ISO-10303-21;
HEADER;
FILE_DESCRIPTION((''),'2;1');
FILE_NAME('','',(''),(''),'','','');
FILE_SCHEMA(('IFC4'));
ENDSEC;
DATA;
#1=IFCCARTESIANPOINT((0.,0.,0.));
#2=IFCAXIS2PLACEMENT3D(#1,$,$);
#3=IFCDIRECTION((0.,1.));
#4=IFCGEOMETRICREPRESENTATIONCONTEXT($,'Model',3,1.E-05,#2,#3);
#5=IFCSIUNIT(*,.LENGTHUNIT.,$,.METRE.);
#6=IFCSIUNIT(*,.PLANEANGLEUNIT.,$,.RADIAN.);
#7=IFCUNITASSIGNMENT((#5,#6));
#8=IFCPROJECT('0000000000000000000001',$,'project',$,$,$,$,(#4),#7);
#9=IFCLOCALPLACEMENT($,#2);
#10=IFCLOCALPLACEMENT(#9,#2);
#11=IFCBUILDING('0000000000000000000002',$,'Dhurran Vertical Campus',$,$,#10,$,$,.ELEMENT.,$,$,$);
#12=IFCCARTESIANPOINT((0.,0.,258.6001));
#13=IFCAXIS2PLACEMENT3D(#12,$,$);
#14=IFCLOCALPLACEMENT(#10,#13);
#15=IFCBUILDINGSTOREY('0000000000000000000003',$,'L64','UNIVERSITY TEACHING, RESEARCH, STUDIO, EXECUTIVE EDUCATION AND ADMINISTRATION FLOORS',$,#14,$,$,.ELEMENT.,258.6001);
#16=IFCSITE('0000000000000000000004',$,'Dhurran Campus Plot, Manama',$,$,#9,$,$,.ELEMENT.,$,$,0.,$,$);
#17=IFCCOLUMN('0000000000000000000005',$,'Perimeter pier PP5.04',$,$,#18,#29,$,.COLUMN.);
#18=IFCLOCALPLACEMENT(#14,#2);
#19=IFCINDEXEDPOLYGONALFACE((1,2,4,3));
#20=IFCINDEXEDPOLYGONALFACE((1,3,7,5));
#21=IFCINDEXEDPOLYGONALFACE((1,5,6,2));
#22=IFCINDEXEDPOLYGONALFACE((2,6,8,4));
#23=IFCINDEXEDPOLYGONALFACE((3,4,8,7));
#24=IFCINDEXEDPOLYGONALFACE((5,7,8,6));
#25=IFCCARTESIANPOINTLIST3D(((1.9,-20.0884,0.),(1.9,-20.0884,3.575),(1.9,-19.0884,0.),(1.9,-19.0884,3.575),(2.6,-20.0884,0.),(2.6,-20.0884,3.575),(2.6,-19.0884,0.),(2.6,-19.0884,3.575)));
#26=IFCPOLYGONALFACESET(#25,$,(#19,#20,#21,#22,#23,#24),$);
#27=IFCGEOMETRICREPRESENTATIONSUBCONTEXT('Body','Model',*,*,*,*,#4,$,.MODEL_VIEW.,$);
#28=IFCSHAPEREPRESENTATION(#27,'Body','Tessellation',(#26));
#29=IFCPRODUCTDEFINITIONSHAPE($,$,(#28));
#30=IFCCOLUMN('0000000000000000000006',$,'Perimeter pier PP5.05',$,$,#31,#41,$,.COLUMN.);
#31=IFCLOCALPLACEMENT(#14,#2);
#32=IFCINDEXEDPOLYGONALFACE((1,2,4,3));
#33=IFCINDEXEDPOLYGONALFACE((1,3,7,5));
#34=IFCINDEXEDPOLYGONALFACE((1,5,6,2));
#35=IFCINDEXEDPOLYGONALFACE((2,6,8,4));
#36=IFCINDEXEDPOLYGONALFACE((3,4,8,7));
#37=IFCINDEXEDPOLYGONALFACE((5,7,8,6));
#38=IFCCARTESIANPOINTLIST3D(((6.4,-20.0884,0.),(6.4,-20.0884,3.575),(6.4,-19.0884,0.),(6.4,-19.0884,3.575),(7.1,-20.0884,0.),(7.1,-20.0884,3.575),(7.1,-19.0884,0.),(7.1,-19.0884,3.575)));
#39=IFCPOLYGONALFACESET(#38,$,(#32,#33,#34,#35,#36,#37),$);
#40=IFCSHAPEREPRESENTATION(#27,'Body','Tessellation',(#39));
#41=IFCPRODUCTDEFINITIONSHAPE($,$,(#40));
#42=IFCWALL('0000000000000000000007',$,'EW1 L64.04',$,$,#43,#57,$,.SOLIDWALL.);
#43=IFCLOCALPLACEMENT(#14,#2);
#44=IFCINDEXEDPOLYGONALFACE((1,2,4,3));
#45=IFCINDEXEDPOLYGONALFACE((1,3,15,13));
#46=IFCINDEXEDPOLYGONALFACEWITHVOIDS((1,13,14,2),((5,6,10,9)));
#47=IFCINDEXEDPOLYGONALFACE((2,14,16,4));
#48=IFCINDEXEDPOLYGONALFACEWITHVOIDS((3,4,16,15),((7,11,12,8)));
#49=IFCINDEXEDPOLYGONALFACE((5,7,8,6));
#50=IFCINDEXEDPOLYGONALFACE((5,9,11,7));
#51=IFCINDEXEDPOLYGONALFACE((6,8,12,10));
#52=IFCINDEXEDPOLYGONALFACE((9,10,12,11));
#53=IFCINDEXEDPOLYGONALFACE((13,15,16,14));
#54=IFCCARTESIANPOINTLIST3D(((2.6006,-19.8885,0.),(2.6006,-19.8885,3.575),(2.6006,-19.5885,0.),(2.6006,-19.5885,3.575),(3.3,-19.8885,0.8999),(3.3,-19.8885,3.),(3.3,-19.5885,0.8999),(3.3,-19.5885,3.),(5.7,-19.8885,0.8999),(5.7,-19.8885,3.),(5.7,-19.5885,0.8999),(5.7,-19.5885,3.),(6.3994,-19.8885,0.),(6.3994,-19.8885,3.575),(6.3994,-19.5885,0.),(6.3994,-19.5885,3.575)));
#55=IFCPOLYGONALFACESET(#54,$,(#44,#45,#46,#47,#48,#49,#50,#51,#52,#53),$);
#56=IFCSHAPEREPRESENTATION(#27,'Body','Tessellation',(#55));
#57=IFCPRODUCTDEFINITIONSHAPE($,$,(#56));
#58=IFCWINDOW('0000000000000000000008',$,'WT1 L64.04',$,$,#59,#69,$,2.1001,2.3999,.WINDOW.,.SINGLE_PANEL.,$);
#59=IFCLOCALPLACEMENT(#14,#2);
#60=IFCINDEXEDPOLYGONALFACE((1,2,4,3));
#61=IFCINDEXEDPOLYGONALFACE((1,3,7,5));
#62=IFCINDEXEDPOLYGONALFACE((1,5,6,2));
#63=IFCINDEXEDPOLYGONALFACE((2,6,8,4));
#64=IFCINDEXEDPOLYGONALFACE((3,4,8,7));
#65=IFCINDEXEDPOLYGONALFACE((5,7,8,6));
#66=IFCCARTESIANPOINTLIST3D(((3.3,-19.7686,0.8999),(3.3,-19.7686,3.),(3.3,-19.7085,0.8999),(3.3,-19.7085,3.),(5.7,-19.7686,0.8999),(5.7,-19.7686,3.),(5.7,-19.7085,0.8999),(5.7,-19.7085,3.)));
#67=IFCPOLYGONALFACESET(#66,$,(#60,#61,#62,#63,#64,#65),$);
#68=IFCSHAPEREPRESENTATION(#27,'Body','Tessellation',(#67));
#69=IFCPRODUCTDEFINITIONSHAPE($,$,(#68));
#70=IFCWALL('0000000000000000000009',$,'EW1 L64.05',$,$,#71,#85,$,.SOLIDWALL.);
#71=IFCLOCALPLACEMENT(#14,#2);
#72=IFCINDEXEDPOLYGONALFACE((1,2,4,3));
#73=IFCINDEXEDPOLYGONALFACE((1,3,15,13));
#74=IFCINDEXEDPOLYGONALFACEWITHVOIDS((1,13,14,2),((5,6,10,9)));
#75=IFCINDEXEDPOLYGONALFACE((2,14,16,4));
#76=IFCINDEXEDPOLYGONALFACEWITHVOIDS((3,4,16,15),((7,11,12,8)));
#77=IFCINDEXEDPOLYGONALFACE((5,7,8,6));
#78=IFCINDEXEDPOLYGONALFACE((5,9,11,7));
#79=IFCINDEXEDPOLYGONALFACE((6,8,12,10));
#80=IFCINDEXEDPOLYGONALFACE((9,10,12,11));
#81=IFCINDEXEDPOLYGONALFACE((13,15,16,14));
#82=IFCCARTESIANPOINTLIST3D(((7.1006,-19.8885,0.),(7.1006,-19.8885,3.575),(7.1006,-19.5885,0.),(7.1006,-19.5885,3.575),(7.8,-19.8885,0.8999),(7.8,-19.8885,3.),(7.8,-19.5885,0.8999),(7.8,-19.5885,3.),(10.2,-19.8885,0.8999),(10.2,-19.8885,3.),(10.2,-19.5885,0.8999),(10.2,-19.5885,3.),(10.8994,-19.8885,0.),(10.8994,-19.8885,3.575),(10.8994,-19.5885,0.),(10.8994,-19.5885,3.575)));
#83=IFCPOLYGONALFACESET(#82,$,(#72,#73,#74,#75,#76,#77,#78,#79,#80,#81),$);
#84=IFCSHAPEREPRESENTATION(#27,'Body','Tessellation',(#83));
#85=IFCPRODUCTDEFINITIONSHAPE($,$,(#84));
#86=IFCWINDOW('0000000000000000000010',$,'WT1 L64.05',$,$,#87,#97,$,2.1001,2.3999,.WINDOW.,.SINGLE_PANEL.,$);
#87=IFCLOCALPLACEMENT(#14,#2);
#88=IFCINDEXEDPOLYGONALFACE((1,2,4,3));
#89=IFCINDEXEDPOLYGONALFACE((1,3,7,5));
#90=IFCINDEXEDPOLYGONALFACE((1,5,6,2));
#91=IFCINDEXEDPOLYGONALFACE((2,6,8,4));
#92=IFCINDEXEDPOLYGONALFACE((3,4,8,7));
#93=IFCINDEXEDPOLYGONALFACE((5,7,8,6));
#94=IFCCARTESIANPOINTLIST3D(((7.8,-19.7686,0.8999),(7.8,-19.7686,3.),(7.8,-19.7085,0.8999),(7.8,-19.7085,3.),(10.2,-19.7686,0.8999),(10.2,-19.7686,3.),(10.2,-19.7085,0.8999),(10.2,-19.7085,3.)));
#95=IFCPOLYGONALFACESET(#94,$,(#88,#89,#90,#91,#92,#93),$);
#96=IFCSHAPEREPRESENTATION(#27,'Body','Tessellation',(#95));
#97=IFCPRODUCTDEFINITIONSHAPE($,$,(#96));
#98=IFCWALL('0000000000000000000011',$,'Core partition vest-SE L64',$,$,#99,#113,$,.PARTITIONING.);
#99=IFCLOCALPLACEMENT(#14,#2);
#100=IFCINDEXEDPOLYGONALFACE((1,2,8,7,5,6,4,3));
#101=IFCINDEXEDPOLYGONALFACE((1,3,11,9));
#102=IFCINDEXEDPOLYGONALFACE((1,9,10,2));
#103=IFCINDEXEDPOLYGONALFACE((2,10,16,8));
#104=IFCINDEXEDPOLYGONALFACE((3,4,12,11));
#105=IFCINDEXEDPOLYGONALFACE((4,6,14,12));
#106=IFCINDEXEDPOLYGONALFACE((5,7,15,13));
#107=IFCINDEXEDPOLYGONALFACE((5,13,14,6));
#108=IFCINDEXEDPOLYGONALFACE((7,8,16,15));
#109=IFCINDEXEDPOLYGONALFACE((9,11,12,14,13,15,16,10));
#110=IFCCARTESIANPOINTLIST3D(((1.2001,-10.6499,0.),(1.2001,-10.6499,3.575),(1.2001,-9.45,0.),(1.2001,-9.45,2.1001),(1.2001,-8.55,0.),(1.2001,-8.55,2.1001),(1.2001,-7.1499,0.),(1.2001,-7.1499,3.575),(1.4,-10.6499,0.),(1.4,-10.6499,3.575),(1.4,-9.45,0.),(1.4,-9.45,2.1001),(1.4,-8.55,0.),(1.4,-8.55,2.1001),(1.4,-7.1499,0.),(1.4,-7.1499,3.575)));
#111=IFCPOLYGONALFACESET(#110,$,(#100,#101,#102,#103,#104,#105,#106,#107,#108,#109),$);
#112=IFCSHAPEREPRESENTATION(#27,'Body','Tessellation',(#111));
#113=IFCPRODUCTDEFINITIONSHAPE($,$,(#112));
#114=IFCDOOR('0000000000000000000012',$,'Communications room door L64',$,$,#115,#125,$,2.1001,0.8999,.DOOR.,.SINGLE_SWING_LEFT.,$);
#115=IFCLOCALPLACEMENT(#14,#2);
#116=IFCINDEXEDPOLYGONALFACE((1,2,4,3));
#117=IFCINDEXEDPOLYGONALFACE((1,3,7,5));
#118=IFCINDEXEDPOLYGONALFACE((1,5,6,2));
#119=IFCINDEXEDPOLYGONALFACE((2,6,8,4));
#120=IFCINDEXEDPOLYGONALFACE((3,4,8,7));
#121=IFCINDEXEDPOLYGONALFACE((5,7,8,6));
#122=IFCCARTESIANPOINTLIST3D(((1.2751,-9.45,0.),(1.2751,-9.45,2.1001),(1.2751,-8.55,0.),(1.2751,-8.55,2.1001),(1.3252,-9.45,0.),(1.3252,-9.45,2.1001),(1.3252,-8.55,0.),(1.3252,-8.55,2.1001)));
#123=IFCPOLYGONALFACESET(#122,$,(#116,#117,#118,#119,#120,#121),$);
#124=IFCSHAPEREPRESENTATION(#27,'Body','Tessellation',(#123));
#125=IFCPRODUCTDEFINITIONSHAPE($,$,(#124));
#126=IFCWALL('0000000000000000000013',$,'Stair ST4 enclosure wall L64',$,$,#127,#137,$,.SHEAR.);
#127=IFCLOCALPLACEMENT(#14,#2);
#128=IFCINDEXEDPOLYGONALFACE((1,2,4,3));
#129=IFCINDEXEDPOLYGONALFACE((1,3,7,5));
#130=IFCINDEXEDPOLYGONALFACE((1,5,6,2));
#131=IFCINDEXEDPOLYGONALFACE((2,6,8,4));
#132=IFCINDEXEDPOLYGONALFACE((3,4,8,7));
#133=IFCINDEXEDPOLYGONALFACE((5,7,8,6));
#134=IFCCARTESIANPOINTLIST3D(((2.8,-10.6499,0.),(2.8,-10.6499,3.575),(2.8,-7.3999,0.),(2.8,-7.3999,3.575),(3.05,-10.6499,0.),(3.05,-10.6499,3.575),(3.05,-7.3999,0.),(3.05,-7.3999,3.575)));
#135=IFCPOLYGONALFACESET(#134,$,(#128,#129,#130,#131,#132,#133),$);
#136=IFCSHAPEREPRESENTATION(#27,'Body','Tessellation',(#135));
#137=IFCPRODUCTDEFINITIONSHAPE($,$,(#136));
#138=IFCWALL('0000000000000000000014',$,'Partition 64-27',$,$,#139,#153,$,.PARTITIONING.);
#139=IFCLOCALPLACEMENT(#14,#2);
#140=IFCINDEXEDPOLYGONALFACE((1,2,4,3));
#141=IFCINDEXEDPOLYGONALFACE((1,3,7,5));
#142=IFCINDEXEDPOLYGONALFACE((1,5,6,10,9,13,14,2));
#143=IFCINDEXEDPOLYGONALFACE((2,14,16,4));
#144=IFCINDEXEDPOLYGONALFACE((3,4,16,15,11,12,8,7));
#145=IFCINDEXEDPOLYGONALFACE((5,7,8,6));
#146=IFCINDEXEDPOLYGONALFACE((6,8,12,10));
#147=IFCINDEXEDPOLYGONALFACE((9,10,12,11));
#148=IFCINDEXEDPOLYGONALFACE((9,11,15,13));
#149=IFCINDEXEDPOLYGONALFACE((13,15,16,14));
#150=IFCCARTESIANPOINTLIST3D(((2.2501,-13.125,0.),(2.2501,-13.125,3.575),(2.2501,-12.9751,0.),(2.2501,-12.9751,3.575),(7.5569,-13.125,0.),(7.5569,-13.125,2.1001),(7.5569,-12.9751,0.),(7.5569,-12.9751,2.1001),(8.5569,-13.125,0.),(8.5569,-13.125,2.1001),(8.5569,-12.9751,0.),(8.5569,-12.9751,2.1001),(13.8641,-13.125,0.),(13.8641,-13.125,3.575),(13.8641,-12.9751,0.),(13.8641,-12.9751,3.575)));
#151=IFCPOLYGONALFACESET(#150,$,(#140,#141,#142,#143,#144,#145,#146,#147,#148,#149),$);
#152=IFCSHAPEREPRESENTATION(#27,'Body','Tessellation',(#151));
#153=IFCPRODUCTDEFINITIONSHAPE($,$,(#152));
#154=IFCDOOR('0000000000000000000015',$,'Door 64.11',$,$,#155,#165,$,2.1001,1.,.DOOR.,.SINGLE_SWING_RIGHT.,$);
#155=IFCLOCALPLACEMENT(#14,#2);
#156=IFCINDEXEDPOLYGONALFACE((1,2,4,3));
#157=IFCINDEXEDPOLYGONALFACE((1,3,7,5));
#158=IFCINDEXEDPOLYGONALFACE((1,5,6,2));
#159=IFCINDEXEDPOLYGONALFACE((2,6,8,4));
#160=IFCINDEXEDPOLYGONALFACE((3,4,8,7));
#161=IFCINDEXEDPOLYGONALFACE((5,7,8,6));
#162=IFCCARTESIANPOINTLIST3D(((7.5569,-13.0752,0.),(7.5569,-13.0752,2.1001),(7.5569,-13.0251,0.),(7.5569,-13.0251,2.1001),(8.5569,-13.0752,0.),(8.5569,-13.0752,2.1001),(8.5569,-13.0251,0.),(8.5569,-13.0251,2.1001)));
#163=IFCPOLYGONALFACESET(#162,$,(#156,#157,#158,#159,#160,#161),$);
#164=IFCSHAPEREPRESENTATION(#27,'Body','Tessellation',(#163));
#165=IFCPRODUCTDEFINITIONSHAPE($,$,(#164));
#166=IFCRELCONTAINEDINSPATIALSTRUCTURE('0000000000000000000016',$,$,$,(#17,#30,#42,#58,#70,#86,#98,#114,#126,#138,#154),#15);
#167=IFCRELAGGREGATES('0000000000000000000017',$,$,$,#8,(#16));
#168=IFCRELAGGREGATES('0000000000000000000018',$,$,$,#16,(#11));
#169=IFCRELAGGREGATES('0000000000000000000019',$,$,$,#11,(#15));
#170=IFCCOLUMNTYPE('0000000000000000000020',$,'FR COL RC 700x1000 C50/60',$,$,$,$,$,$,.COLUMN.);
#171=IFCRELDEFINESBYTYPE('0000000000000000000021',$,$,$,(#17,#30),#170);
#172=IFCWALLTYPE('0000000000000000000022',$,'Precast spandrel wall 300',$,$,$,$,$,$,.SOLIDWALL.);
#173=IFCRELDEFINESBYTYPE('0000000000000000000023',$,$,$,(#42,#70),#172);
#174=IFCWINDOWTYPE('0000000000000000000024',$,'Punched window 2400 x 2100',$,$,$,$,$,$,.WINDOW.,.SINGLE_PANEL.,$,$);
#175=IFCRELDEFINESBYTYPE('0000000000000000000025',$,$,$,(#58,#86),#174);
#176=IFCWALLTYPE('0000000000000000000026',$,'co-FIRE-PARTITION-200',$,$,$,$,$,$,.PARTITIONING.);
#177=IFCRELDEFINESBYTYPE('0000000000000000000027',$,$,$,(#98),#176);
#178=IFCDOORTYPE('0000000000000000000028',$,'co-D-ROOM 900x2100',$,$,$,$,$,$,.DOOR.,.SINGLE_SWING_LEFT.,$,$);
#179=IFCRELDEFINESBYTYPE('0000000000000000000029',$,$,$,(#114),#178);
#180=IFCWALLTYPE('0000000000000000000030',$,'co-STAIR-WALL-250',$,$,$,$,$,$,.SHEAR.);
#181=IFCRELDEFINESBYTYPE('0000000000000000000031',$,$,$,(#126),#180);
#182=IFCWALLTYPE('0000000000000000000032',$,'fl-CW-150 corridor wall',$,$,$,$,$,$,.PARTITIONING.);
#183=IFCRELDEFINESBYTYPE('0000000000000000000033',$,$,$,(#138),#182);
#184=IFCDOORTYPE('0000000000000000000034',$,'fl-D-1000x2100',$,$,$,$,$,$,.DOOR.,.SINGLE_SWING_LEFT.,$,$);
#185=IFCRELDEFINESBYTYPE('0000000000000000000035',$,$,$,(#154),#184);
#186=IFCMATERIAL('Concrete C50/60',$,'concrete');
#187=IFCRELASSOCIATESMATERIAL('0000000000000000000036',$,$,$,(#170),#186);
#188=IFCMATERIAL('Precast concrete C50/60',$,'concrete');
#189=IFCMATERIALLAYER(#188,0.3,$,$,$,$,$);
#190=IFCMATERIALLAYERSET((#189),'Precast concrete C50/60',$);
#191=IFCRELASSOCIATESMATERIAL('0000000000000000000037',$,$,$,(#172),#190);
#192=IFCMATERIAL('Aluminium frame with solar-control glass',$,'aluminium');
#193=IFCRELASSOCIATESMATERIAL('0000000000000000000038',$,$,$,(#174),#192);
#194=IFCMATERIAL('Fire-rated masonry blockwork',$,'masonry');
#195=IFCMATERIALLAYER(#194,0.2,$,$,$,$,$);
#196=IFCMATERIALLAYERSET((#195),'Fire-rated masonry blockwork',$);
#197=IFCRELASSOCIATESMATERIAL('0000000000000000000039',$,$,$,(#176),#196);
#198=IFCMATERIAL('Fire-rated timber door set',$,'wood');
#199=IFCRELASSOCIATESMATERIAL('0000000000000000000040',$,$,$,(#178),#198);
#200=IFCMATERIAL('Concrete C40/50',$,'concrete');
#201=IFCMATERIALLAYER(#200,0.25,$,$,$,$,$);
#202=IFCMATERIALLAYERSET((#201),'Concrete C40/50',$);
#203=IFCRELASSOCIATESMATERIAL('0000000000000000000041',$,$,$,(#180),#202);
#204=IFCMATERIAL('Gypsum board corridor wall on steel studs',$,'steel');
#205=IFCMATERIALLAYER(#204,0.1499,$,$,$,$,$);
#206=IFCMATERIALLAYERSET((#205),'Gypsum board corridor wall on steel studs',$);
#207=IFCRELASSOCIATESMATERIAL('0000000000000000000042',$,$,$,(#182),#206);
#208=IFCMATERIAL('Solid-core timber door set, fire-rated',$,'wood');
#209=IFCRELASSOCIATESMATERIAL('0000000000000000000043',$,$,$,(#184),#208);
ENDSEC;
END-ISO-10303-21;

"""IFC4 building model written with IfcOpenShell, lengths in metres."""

from ifc_helpers import new_model, si_unit, direction, frame, frame_2d, origin, origin_2d, place, context, subcontext, project, spatial, rectangle, extrude, material, layer, layer_set, material_profile, profile_set, type_object, element, fill, save


model = new_model("IFC4")

# Units and contexts
model_context = context("Model", 3, precision=1e-05, world=origin(), true_north=direction((0.0, 1.0)))
body_context = subcontext(model_context, "Body", "Model", "MODEL_VIEW")
ifc_project = project(units=[si_unit("LENGTHUNIT", "METRE"), si_unit("PLANEANGLEUNIT", "RADIAN")], contexts=[model_context])

# Site, building, storey
site_placement = place(None, origin())
site = spatial("IfcSite", under=ifc_project, at=site_placement, Name="Dhurran Campus Plot, Manama", CompositionType="ELEMENT", RefElevation=0.0)
building_placement = place(site_placement, origin())
building = spatial("IfcBuilding", under=site, at=building_placement, Name="Dhurran Vertical Campus", CompositionType="ELEMENT")
storey_placement = place(building_placement, frame((0.0, 0.0, 258.6001)))
storey = spatial("IfcBuildingStorey", under=building, at=storey_placement, Name="L64", Description="UNIVERSITY TEACHING, RESEARCH, STUDIO, EXECUTIVE EDUCATION AND ADMINISTRATION FLOORS", CompositionType="ELEMENT", Elevation=258.6001)

# Columns
ifc_material_1 = material(Name="Concrete C50/60", Category="concrete")
ifc_material_profile = material_profile(ifc_material_1, rectangle(XDim=0.7, YDim=1.0, at=origin_2d()), Name="RC 700x1000")
ifc_profile_set = profile_set([ifc_material_profile], Name="Concrete C50/60")
column_type = type_object("IfcColumnType", Name="FR COL RC 700x1000 C50/60", PredefinedType="COLUMN", material=ifc_profile_set)
for number, where, z_axis, x_axis, name in (
    (1, (2.25, -19.5884, 0.0), (0.0, 0.0, 1.0), (1.0, 0.0, 0.0), "Perimeter pier PP5.04"),
    (2, (6.75, -19.5884, 0.0), (0.0, 0.0, 1.0), (1.0, 0.0, 0.0), "Perimeter pier PP5.05"),
):
    element("IfcColumn", number, at=place(storey_placement, frame(where, z_axis=z_axis, x_axis=x_axis)), inside=storey, type_object=column_type, Name=name, PredefinedType="COLUMN", context=body_context, shape_type="SweptSolid", body=[
        extrude(rectangle(XDim=0.7, YDim=1.0, at=origin_2d()), origin(), (0.0, 0.0, 1.0), 3.575),
    ])

# Walls, openings, windows
ifc_material_2 = material(Name="Precast concrete C50/60", Category="concrete")
ifc_layer_1 = layer(ifc_material_2, 0.3)
ifc_layer_set_1 = layer_set([ifc_layer_1], Name="Precast concrete C50/60")
wall_type_1 = type_object("IfcWallType", Name="Precast spandrel wall 300", PredefinedType="SOLIDWALL", material=ifc_layer_set_1)
wall_1_placement = place(storey_placement, frame((2.6006, -19.7385, 0.0), z_axis=(0.0, 0.0, 1.0), x_axis=(1.0, 0.0, 0.0)))
wall_1 = element("IfcWall", 3, at=wall_1_placement, inside=storey, type_object=wall_type_1, Name="EW1 L64.04", PredefinedType="SOLIDWALL", context=body_context, shape_type="SweptSolid", body=[
    extrude(rectangle(XDim=3.7988, YDim=0.3, at=frame_2d((1.8994, 0.0))), origin(), (0.0, 0.0, 1.0), 3.575),
])
opening_1_placement = place(wall_1_placement, frame((0.6995, 0.0, 0.8999)))
opening_1 = element("IfcOpeningElement", 4, at=opening_1_placement, cuts=wall_1, PredefinedType="OPENING", context=body_context, shape_type="SweptSolid", body=[
    extrude(rectangle(XDim=2.3999, YDim=2.1001, at=frame_2d((1.2, 1.05))), frame((0.0, 0.1599, 0.0), z_axis=(0.0, -1.0, 0.0), x_axis=(1.0, 0.0, 0.0)), (0.0, 0.0, 1.0), 0.3201),
])
ifc_material_3 = material(Name="Aluminium frame with solar-control glass", Category="aluminium")
window_type = type_object("IfcWindowType", Name="Punched window 2400 x 2100", PartitioningType="SINGLE_PANEL", PredefinedType="WINDOW", material=ifc_material_3)
window_1_placement = place(opening_1_placement, origin())
window_1 = element("IfcWindow", 5, at=window_1_placement, inside=storey, type_object=window_type, Name="WT1 L64.04", OverallHeight=2.1001, OverallWidth=2.3999, PartitioningType="SINGLE_PANEL", PredefinedType="WINDOW", context=body_context, shape_type="SweptSolid", body=[
    extrude(rectangle(XDim=2.3999, YDim=2.1001, at=frame_2d((1.2, 1.05))), frame((0.0, 0.03, 0.0), z_axis=(0.0, -1.0, 0.0), x_axis=(1.0, 0.0, 0.0)), (0.0, 0.0, 1.0), 0.0601),
])
fill(opening_1, window_1)
wall_2_placement = place(storey_placement, frame((7.1006, -19.7385, 0.0), z_axis=(0.0, 0.0, 1.0), x_axis=(1.0, 0.0, 0.0)))
wall_2 = element("IfcWall", 6, at=wall_2_placement, inside=storey, type_object=wall_type_1, Name="EW1 L64.05", PredefinedType="SOLIDWALL", context=body_context, shape_type="SweptSolid", body=[
    extrude(rectangle(XDim=3.7988, YDim=0.3, at=frame_2d((1.8994, 0.0))), origin(), (0.0, 0.0, 1.0), 3.575),
])
opening_2_placement = place(wall_2_placement, frame((0.6995, 0.0, 0.8999)))
opening_2 = element("IfcOpeningElement", 7, at=opening_2_placement, cuts=wall_2, PredefinedType="OPENING", context=body_context, shape_type="SweptSolid", body=[
    extrude(rectangle(XDim=2.3999, YDim=2.1001, at=frame_2d((1.2, 1.05))), frame((0.0, 0.1599, 0.0), z_axis=(0.0, -1.0, 0.0), x_axis=(1.0, 0.0, 0.0)), (0.0, 0.0, 1.0), 0.3201),
])
window_2_placement = place(opening_2_placement, origin())
window_2 = element("IfcWindow", 8, at=window_2_placement, inside=storey, type_object=window_type, Name="WT1 L64.05", OverallHeight=2.1001, OverallWidth=2.3999, PartitioningType="SINGLE_PANEL", PredefinedType="WINDOW", context=body_context, shape_type="SweptSolid", body=[
    extrude(rectangle(XDim=2.3999, YDim=2.1001, at=frame_2d((1.2, 1.05))), frame((0.0, 0.03, 0.0), z_axis=(0.0, -1.0, 0.0), x_axis=(1.0, 0.0, 0.0)), (0.0, 0.0, 1.0), 0.0601),
])
fill(opening_2, window_2)

# Wall, opening, door
ifc_material_4 = material(Name="Fire-rated masonry blockwork", Category="masonry")
ifc_layer_2 = layer(ifc_material_4, 0.2)
ifc_layer_set_2 = layer_set([ifc_layer_2], Name="Fire-rated masonry blockwork")
wall_type_2 = type_object("IfcWallType", Name="co-FIRE-PARTITION-200", PredefinedType="PARTITIONING", material=ifc_layer_set_2)
wall_3_placement = place(storey_placement, frame((1.3, -10.6499, 0.0), z_axis=(0.0, 0.0, 1.0), x_axis=(0.0, 1.0, 0.0)))
wall_3 = element("IfcWall", 9, at=wall_3_placement, inside=storey, type_object=wall_type_2, Name="Core partition vest-SE L64", PredefinedType="PARTITIONING", context=body_context, shape_type="SweptSolid", body=[
    extrude(rectangle(XDim=3.5, YDim=0.2, at=frame_2d((1.75, 0.0))), origin(), (0.0, 0.0, 1.0), 3.575),
])
opening_3_placement = place(wall_3_placement, frame((1.2, 0.0, 0.0)))
opening_3 = element("IfcOpeningElement", 10, at=opening_3_placement, cuts=wall_3, PredefinedType="OPENING", context=body_context, shape_type="SweptSolid", body=[
    extrude(rectangle(XDim=0.8999, YDim=2.1001, at=frame_2d((0.45, 1.05))), frame((0.0, 0.1099, 0.0), z_axis=(0.0, -1.0, 0.0), x_axis=(1.0, 0.0, 0.0)), (0.0, 0.0, 1.0), 0.22),
])
ifc_material_5 = material(Name="Fire-rated timber door set", Category="wood")
door_type_1 = type_object("IfcDoorType", Name="co-D-ROOM 900x2100", OperationType="SINGLE_SWING_LEFT", PredefinedType="DOOR", material=ifc_material_5)
door_1_placement = place(opening_3_placement, origin())
door_1 = element("IfcDoor", 11, at=door_1_placement, inside=storey, type_object=door_type_1, Name="Communications room door L64", OperationType="SINGLE_SWING_LEFT", OverallHeight=2.1001, OverallWidth=0.8999, PredefinedType="DOOR", context=body_context, shape_type="SweptSolid", body=[
    extrude(rectangle(XDim=0.8999, YDim=2.1001, at=frame_2d((0.45, 1.05))), frame((0.0, 0.0249, 0.0), z_axis=(0.0, -1.0, 0.0), x_axis=(1.0, 0.0, 0.0)), (0.0, 0.0, 1.0), 0.05),
])
fill(opening_3, door_1)

# Wall
ifc_material_6 = material(Name="Concrete C40/50", Category="concrete")
ifc_layer_3 = layer(ifc_material_6, 0.25)
ifc_layer_set_3 = layer_set([ifc_layer_3], Name="Concrete C40/50")
wall_type_3 = type_object("IfcWallType", Name="co-STAIR-WALL-250", PredefinedType="SHEAR", material=ifc_layer_set_3)
wall_4_placement = place(storey_placement, frame((2.925, -10.6499, 0.0), z_axis=(0.0, 0.0, 1.0), x_axis=(0.0, 1.0, 0.0)))
element("IfcWall", 12, at=wall_4_placement, inside=storey, type_object=wall_type_3, Name="Stair ST4 enclosure wall L64", PredefinedType="SHEAR", context=body_context, shape_type="SweptSolid", body=[
    extrude(rectangle(XDim=3.25, YDim=0.25, at=frame_2d((1.625, 0.0))), origin(), (0.0, 0.0, 1.0), 3.575),
])

# Wall, opening, door
ifc_material_7 = material(Name="Gypsum board corridor wall on steel studs", Category="steel")
ifc_layer_4 = layer(ifc_material_7, 0.1499)
ifc_layer_set_4 = layer_set([ifc_layer_4], Name="Gypsum board corridor wall on steel studs")
wall_type_4 = type_object("IfcWallType", Name="fl-CW-150 corridor wall", PredefinedType="PARTITIONING", material=ifc_layer_set_4)
wall_5_placement = place(storey_placement, frame((2.25, -13.05, 0.0), z_axis=(0.0, 0.0, 1.0), x_axis=(1.0, 0.0, 0.0)))
wall_5 = element("IfcWall", 13, at=wall_5_placement, inside=storey, type_object=wall_type_4, Name="Partition 64-27", PredefinedType="PARTITIONING", context=body_context, shape_type="SweptSolid", body=[
    extrude(rectangle(XDim=11.614, YDim=0.1499, at=frame_2d((5.8071, 0.0))), origin(), (0.0, 0.0, 1.0), 3.575),
])
opening_4_placement = place(wall_5_placement, frame((5.3069, 0.0, 0.0)))
opening_4 = element("IfcOpeningElement", 14, at=opening_4_placement, cuts=wall_5, PredefinedType="OPENING", context=body_context, shape_type="SweptSolid", body=[
    extrude(rectangle(XDim=1.0, YDim=2.1001, at=frame_2d((0.5, 1.05))), frame((0.0, 0.085, 0.0), z_axis=(0.0, -1.0, 0.0), x_axis=(1.0, 0.0, 0.0)), (0.0, 0.0, 1.0), 0.1699),
])
ifc_material_8 = material(Name="Solid-core timber door set, fire-rated", Category="wood")
door_type_2 = type_object("IfcDoorType", Name="fl-D-1000x2100", OperationType="SINGLE_SWING_LEFT", PredefinedType="DOOR", material=ifc_material_8)
door_2_placement = place(opening_4_placement, origin())
door_2 = element("IfcDoor", 15, at=door_2_placement, inside=storey, type_object=door_type_2, Name="Door 64.11", OperationType="SINGLE_SWING_RIGHT", OverallHeight=2.1001, OverallWidth=1.0, PredefinedType="DOOR", context=body_context, shape_type="SweptSolid", body=[
    extrude(rectangle(XDim=1.0, YDim=2.1001, at=frame_2d((0.5, 1.05))), frame((0.0, 0.0249, 0.0), z_axis=(0.0, -1.0, 0.0), x_axis=(1.0, 0.0, 0.0)), (0.0, 0.0, 1.0), 0.05),
])
fill(opening_4, door_2)

save(model, "model.ifc")
